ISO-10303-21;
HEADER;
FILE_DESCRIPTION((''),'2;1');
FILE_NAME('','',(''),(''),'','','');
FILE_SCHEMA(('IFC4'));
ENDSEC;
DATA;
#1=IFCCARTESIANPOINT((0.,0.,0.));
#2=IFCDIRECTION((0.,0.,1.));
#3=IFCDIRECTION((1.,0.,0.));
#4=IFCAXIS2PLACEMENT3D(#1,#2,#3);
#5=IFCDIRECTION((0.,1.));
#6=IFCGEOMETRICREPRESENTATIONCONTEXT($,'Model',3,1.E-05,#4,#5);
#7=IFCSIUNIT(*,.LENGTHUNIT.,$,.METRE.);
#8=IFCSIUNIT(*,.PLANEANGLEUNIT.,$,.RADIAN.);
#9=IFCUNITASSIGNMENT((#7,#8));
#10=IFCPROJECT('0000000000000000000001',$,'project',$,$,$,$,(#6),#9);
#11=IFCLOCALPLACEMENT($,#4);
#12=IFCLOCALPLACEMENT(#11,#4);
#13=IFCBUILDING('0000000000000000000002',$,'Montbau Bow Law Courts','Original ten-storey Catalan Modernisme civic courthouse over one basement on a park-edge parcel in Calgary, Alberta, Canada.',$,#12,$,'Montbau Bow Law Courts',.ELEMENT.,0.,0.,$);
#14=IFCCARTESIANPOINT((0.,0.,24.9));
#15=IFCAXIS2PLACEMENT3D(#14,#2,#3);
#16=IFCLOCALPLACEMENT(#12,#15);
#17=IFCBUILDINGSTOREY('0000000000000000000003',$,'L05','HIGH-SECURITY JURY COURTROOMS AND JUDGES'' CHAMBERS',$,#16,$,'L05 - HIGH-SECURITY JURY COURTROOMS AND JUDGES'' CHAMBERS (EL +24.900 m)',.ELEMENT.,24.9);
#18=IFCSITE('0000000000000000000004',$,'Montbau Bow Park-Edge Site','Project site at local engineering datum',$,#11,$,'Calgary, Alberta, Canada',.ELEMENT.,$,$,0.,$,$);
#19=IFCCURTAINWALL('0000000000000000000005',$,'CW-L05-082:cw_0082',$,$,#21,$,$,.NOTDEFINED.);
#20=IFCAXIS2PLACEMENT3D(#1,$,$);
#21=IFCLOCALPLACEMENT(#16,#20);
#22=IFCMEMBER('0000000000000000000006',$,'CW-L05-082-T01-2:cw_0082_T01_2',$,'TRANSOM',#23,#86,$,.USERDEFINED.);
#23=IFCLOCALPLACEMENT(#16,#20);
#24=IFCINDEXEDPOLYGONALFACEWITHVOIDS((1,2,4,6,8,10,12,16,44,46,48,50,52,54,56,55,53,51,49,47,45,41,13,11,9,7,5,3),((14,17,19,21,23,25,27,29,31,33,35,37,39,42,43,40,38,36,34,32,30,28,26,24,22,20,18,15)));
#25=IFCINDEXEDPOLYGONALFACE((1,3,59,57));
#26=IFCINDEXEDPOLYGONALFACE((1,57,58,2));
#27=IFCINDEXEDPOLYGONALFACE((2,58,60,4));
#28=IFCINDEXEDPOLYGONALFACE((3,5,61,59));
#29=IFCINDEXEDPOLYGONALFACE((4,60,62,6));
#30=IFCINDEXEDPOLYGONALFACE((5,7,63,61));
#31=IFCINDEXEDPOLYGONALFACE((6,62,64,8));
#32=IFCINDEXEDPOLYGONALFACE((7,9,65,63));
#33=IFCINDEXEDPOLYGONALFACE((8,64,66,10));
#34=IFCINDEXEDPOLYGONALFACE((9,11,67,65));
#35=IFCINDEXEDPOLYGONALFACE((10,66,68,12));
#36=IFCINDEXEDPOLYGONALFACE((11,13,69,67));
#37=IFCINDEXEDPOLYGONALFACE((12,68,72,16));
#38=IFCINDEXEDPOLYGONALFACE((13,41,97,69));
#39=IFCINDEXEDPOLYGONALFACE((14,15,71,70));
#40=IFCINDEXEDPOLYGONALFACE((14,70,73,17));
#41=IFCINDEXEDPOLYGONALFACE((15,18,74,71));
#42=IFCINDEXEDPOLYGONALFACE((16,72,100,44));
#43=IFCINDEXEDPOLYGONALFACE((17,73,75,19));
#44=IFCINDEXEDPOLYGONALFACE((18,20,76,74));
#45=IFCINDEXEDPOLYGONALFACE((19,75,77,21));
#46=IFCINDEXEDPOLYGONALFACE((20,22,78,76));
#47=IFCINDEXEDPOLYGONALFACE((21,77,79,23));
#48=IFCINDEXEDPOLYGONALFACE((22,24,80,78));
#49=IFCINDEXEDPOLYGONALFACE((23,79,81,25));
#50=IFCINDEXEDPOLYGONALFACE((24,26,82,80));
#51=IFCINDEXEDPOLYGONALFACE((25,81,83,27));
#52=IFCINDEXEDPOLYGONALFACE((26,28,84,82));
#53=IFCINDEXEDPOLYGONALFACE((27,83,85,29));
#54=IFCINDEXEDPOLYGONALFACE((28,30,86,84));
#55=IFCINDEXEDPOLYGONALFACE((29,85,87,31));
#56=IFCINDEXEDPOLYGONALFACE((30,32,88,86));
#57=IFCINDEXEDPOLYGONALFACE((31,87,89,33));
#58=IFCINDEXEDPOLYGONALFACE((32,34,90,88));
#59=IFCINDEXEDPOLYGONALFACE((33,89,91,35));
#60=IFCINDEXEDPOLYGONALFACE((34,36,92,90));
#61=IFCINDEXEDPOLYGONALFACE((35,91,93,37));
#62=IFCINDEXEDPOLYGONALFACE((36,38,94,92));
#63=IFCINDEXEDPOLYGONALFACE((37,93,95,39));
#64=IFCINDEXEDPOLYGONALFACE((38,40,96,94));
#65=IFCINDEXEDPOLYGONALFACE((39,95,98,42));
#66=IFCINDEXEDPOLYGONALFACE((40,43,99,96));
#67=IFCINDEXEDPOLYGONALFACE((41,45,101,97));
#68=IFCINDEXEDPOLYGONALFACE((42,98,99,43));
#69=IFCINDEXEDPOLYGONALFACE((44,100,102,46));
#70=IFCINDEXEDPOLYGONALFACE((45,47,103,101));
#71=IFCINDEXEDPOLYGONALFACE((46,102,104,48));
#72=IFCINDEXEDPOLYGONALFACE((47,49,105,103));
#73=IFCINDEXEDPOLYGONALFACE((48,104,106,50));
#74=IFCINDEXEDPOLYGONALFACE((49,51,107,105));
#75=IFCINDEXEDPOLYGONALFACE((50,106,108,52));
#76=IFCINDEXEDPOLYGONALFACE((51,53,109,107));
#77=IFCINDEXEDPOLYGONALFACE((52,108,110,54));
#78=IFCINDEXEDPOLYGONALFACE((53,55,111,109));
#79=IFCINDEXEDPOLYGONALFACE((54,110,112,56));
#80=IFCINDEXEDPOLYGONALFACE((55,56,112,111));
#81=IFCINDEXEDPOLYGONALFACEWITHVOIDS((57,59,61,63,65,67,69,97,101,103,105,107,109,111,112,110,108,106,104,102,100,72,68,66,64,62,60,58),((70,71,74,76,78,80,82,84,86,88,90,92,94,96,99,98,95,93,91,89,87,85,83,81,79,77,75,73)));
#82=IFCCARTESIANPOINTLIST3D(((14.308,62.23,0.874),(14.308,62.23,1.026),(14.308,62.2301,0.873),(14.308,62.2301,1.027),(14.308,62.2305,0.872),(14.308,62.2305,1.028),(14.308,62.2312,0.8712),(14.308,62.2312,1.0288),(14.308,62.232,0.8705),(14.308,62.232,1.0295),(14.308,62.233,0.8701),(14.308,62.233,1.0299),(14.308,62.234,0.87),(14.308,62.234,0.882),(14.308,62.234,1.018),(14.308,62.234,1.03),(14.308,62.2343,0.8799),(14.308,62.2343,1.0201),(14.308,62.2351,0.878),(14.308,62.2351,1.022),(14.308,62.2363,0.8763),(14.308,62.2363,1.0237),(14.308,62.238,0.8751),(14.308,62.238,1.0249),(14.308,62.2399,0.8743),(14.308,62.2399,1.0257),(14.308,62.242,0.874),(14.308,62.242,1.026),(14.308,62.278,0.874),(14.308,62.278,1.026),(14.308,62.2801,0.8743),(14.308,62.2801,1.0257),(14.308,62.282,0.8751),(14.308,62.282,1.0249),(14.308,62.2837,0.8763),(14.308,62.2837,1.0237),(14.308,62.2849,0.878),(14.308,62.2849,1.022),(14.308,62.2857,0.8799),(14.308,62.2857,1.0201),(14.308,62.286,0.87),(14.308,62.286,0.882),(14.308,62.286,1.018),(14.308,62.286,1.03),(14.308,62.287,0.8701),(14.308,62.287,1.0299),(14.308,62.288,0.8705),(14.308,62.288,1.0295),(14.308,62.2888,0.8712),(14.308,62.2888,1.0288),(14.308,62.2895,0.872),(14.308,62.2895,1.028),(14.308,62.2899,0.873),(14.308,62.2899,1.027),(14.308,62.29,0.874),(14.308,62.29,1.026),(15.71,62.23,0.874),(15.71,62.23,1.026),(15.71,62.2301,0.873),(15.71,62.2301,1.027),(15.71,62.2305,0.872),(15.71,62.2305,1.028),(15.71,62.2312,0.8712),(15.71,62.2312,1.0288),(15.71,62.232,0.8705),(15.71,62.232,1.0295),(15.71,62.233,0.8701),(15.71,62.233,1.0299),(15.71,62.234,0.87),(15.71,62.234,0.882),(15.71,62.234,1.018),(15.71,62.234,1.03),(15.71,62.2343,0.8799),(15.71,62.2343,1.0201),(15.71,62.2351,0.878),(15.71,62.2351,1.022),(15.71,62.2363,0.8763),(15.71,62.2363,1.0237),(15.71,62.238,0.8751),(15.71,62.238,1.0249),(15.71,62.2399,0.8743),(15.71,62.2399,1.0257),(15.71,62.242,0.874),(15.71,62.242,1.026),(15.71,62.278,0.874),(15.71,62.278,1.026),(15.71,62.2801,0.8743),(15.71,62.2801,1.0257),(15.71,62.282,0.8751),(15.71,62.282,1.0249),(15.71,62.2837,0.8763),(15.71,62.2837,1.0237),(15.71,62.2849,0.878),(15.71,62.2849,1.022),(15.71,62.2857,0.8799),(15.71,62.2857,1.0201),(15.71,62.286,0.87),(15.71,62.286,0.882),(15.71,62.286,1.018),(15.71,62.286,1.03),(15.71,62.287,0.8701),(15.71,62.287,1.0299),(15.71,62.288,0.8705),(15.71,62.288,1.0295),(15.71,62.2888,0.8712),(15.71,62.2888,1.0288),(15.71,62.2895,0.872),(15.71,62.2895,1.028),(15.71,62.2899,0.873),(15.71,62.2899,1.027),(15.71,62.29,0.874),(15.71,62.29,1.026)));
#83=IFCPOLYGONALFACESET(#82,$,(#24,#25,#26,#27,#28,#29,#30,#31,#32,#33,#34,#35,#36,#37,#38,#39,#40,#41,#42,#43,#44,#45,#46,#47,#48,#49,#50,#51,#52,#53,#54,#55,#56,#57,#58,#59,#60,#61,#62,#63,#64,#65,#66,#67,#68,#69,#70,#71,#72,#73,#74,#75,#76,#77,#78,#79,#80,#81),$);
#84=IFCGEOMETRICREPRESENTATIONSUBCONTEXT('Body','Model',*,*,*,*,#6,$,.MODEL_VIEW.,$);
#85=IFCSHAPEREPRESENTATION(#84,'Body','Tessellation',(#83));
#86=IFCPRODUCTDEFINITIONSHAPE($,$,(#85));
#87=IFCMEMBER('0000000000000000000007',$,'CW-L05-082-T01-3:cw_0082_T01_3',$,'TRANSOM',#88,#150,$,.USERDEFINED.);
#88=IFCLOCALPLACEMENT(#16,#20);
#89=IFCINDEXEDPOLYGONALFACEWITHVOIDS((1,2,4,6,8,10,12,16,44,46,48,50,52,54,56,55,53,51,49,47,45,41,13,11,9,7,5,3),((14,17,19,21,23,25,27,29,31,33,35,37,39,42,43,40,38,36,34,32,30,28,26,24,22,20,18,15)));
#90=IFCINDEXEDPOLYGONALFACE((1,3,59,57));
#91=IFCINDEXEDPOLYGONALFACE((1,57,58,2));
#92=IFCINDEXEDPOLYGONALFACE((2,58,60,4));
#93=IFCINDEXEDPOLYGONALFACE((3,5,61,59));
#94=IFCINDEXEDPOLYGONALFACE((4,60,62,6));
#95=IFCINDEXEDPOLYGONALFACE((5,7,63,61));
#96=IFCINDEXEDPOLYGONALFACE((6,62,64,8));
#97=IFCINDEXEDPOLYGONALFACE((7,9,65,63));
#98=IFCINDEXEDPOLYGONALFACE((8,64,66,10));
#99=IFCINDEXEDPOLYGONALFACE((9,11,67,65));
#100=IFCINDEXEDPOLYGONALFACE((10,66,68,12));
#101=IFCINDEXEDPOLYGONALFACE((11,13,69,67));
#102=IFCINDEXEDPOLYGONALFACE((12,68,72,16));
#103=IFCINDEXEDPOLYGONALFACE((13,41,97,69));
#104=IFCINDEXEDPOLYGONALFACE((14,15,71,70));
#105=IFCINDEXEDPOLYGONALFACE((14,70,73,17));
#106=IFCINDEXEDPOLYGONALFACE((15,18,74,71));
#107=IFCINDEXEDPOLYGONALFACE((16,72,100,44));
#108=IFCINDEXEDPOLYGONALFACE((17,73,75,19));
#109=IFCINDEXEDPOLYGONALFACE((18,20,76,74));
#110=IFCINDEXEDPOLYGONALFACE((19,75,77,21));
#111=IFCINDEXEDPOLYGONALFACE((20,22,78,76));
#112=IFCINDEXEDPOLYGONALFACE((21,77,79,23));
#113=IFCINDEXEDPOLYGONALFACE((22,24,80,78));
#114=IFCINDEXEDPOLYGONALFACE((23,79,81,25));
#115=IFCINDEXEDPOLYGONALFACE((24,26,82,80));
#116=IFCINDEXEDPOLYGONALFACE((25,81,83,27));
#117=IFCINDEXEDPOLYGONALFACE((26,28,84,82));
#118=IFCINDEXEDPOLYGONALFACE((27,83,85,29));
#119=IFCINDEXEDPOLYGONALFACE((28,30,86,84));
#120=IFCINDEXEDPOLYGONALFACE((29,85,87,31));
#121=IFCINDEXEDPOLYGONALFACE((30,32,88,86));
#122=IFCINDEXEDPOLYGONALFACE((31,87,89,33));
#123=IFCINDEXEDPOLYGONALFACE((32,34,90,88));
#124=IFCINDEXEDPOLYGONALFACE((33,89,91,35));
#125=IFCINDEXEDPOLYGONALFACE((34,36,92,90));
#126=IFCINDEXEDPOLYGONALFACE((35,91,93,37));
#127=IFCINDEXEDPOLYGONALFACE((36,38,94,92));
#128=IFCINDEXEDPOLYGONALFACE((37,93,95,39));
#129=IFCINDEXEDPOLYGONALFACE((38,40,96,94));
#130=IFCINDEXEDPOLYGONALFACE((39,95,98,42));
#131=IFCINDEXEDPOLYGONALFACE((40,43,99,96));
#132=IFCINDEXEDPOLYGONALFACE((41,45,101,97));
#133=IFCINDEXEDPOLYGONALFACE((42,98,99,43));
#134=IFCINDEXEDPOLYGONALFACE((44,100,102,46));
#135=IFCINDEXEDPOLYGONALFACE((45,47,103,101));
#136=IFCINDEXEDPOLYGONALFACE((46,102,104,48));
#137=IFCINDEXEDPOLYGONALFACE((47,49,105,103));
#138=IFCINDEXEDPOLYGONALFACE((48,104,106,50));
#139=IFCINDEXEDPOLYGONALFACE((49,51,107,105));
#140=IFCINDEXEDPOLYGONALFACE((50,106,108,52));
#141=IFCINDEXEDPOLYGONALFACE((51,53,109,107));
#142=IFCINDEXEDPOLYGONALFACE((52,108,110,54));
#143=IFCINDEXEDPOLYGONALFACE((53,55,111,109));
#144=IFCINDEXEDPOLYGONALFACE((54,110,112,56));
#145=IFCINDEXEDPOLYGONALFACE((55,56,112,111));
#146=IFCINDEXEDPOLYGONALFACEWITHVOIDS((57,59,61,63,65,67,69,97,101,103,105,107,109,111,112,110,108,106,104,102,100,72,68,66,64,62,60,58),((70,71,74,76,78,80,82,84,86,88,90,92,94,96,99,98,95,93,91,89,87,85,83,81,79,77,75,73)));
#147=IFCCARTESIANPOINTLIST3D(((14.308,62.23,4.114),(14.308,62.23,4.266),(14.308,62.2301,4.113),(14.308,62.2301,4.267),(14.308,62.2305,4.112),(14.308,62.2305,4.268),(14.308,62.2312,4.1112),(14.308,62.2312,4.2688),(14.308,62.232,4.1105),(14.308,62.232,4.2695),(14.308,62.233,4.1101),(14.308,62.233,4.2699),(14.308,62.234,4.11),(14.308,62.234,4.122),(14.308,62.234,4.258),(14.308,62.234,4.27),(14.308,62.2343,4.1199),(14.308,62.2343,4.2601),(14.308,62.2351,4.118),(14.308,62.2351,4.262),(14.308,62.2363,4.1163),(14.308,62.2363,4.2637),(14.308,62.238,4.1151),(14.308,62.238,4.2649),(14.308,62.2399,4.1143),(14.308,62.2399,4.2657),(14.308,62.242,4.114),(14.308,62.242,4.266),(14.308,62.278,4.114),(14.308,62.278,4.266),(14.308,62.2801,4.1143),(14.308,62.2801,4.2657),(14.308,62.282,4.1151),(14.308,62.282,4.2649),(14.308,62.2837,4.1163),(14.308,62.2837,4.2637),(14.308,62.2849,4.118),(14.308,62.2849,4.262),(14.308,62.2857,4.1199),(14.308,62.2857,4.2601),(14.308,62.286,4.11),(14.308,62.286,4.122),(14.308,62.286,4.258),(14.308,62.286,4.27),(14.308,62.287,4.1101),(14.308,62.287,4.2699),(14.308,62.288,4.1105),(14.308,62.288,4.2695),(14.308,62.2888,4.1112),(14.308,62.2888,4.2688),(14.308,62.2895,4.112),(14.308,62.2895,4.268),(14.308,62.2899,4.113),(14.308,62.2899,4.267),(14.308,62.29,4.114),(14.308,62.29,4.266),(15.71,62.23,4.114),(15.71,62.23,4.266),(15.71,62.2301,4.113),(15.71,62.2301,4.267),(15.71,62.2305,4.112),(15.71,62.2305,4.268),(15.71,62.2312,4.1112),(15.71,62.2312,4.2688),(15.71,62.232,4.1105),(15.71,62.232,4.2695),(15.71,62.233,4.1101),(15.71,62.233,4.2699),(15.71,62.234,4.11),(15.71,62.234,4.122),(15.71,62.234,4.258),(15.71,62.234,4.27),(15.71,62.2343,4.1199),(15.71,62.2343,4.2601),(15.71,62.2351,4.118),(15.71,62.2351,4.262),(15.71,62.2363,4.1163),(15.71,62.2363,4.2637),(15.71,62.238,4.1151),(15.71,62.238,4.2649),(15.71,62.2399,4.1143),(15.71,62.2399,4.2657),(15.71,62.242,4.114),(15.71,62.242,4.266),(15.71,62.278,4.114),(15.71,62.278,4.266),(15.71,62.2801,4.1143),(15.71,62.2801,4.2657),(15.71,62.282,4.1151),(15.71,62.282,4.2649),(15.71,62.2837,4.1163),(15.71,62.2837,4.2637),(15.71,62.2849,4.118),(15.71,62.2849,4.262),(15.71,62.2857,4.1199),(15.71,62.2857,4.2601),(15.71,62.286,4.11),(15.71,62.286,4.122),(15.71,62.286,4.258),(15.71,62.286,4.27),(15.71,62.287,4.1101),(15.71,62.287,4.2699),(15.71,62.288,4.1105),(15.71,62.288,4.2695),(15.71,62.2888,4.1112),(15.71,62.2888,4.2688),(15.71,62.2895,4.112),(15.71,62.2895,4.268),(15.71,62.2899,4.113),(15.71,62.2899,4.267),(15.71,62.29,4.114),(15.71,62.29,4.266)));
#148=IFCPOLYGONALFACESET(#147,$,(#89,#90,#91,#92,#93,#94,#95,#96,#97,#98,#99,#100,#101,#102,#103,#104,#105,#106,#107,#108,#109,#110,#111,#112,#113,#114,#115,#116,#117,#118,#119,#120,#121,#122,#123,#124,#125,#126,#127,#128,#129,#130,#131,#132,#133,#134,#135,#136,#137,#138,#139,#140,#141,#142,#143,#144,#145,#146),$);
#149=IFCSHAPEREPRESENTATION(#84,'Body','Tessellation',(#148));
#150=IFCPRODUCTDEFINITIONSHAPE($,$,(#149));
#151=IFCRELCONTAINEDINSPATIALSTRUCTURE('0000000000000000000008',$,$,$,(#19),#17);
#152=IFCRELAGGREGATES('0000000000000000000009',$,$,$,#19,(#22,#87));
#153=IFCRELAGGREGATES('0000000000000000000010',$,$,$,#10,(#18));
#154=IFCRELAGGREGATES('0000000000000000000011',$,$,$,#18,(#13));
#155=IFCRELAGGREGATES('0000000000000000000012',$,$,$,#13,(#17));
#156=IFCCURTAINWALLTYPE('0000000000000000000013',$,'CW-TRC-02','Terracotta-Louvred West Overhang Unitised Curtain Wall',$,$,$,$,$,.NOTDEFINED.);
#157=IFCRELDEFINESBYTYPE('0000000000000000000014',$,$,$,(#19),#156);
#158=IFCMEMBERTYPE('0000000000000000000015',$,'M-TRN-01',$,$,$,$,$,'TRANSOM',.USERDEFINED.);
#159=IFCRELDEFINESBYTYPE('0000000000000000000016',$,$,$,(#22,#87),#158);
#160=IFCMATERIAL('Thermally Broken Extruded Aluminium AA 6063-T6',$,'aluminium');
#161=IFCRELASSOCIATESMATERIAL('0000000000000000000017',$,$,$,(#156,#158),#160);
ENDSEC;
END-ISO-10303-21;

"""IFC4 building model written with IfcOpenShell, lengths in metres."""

from ifc_helpers import new_model, si_unit, direction, frame, origin_with_axes, origin_2d_with_axis, place, context, subcontext, project, spatial, hollow_rectangle, extrude, material, material_profile, profile_set, type_object, element, aggregate, save


model = new_model("IFC4")

# Units and contexts
model_context = context("Model", 3, precision=1e-05, world=origin_with_axes(), true_north=direction((0.0, 1.0)))
body_context = subcontext(model_context, "Body", "Model", "MODEL_VIEW")
ifc_project = project(units=[si_unit("LENGTHUNIT", "METRE"), si_unit("PLANEANGLEUNIT", "RADIAN")], contexts=[model_context])

# Site, building, storey
site_placement = place(None, origin_with_axes())
site = spatial("IfcSite", under=ifc_project, at=site_placement, Name="Montbau Bow Park-Edge Site", Description="Project site at local engineering datum", LongName="Calgary, Alberta, Canada", CompositionType="ELEMENT", RefElevation=0.0)
building_placement = place(site_placement, origin_with_axes())
building = spatial("IfcBuilding", under=site, at=building_placement, Name="Montbau Bow Law Courts", Description="Original ten-storey Catalan Modernisme civic courthouse over one basement on a park-edge parcel in Calgary, Alberta, Canada.", LongName="Montbau Bow Law Courts", CompositionType="ELEMENT", ElevationOfRefHeight=0.0, ElevationOfTerrain=0.0)
storey_placement = place(building_placement, frame((0.0, 0.0, 24.9), z_axis=(0.0, 0.0, 1.0), x_axis=(1.0, 0.0, 0.0)))
storey = spatial("IfcBuildingStorey", under=building, at=storey_placement, Name="L05", Description="HIGH-SECURITY JURY COURTROOMS AND JUDGES' CHAMBERS", LongName="L05 - HIGH-SECURITY JURY COURTROOMS AND JUDGES' CHAMBERS (EL +24.900 m)", CompositionType="ELEMENT", Elevation=24.9)

# Curtain wall, members
ifc_material_1 = material(Name="Thermally Broken Extruded Aluminium AA 6063-T6", Category="aluminium")
curtain_wall_type = type_object("IfcCurtainWallType", Name="CW-TRC-02", Description="Terracotta-Louvred West Overhang Unitised Curtain Wall", PredefinedType="NOTDEFINED", material=ifc_material_1)
curtain_wall_placement = place(None, frame((14.24, 62.26, 24.9), z_axis=(0.0, 0.0, 1.0), x_axis=(1.0, 0.0, 0.0)))
curtain_wall = element("IfcCurtainWall", 1, at=curtain_wall_placement, inside=storey, type_object=curtain_wall_type, Name="CW-L05-082:cw_0082", PredefinedType="NOTDEFINED")
ifc_material_profile_1 = material_profile(ifc_material_1, hollow_rectangle(XDim=0.06, YDim=0.16, WallThickness=0.004, InnerFilletRadius=0.008, OuterFilletRadius=0.004, at=origin_2d_with_axis()), Name="CWT-160X60", Category="Main", Priority=0)
ifc_profile_set_1 = profile_set([ifc_material_profile_1], Name="Thermally Broken Extruded Aluminium AA 6063-T6")
member_type_1 = type_object("IfcMemberType", Name="M-TRN-01", ElementType="TRANSOM", PredefinedType="USERDEFINED", material=ifc_profile_set_1)
member_1_placement = place(None, frame((14.308, 62.26, 25.85), z_axis=(1.0, 0.0, 0.0), x_axis=(0.0, 1.0, 0.0)))
member_1 = element("IfcMember", 2, at=member_1_placement, type_object=member_type_1, Name="CW-L05-082-T01-2:cw_0082_T01_2", ObjectType="TRANSOM", PredefinedType="USERDEFINED", context=body_context, shape_type="SweptSolid", body=[
    extrude(hollow_rectangle(XDim=0.06, YDim=0.16, WallThickness=0.004, InnerFilletRadius=0.008, OuterFilletRadius=0.004, at=origin_2d_with_axis()), origin_with_axes(), (0.0, 0.0, 1.0), 1.402),
])
member_2_placement = place(None, frame((14.308, 62.26, 29.09), z_axis=(1.0, 0.0, 0.0), x_axis=(0.0, 1.0, 0.0)))
member_2 = element("IfcMember", 3, at=member_2_placement, type_object=member_type_1, Name="CW-L05-082-T01-3:cw_0082_T01_3", ObjectType="TRANSOM", PredefinedType="USERDEFINED", context=body_context, shape_type="SweptSolid", body=[
    extrude(hollow_rectangle(XDim=0.06, YDim=0.16, WallThickness=0.004, InnerFilletRadius=0.008, OuterFilletRadius=0.004, at=origin_2d_with_axis()), origin_with_axes(), (0.0, 0.0, 1.0), 1.402),
])
aggregate(curtain_wall, [member_1, member_2])

save(model, "model.ifc")
